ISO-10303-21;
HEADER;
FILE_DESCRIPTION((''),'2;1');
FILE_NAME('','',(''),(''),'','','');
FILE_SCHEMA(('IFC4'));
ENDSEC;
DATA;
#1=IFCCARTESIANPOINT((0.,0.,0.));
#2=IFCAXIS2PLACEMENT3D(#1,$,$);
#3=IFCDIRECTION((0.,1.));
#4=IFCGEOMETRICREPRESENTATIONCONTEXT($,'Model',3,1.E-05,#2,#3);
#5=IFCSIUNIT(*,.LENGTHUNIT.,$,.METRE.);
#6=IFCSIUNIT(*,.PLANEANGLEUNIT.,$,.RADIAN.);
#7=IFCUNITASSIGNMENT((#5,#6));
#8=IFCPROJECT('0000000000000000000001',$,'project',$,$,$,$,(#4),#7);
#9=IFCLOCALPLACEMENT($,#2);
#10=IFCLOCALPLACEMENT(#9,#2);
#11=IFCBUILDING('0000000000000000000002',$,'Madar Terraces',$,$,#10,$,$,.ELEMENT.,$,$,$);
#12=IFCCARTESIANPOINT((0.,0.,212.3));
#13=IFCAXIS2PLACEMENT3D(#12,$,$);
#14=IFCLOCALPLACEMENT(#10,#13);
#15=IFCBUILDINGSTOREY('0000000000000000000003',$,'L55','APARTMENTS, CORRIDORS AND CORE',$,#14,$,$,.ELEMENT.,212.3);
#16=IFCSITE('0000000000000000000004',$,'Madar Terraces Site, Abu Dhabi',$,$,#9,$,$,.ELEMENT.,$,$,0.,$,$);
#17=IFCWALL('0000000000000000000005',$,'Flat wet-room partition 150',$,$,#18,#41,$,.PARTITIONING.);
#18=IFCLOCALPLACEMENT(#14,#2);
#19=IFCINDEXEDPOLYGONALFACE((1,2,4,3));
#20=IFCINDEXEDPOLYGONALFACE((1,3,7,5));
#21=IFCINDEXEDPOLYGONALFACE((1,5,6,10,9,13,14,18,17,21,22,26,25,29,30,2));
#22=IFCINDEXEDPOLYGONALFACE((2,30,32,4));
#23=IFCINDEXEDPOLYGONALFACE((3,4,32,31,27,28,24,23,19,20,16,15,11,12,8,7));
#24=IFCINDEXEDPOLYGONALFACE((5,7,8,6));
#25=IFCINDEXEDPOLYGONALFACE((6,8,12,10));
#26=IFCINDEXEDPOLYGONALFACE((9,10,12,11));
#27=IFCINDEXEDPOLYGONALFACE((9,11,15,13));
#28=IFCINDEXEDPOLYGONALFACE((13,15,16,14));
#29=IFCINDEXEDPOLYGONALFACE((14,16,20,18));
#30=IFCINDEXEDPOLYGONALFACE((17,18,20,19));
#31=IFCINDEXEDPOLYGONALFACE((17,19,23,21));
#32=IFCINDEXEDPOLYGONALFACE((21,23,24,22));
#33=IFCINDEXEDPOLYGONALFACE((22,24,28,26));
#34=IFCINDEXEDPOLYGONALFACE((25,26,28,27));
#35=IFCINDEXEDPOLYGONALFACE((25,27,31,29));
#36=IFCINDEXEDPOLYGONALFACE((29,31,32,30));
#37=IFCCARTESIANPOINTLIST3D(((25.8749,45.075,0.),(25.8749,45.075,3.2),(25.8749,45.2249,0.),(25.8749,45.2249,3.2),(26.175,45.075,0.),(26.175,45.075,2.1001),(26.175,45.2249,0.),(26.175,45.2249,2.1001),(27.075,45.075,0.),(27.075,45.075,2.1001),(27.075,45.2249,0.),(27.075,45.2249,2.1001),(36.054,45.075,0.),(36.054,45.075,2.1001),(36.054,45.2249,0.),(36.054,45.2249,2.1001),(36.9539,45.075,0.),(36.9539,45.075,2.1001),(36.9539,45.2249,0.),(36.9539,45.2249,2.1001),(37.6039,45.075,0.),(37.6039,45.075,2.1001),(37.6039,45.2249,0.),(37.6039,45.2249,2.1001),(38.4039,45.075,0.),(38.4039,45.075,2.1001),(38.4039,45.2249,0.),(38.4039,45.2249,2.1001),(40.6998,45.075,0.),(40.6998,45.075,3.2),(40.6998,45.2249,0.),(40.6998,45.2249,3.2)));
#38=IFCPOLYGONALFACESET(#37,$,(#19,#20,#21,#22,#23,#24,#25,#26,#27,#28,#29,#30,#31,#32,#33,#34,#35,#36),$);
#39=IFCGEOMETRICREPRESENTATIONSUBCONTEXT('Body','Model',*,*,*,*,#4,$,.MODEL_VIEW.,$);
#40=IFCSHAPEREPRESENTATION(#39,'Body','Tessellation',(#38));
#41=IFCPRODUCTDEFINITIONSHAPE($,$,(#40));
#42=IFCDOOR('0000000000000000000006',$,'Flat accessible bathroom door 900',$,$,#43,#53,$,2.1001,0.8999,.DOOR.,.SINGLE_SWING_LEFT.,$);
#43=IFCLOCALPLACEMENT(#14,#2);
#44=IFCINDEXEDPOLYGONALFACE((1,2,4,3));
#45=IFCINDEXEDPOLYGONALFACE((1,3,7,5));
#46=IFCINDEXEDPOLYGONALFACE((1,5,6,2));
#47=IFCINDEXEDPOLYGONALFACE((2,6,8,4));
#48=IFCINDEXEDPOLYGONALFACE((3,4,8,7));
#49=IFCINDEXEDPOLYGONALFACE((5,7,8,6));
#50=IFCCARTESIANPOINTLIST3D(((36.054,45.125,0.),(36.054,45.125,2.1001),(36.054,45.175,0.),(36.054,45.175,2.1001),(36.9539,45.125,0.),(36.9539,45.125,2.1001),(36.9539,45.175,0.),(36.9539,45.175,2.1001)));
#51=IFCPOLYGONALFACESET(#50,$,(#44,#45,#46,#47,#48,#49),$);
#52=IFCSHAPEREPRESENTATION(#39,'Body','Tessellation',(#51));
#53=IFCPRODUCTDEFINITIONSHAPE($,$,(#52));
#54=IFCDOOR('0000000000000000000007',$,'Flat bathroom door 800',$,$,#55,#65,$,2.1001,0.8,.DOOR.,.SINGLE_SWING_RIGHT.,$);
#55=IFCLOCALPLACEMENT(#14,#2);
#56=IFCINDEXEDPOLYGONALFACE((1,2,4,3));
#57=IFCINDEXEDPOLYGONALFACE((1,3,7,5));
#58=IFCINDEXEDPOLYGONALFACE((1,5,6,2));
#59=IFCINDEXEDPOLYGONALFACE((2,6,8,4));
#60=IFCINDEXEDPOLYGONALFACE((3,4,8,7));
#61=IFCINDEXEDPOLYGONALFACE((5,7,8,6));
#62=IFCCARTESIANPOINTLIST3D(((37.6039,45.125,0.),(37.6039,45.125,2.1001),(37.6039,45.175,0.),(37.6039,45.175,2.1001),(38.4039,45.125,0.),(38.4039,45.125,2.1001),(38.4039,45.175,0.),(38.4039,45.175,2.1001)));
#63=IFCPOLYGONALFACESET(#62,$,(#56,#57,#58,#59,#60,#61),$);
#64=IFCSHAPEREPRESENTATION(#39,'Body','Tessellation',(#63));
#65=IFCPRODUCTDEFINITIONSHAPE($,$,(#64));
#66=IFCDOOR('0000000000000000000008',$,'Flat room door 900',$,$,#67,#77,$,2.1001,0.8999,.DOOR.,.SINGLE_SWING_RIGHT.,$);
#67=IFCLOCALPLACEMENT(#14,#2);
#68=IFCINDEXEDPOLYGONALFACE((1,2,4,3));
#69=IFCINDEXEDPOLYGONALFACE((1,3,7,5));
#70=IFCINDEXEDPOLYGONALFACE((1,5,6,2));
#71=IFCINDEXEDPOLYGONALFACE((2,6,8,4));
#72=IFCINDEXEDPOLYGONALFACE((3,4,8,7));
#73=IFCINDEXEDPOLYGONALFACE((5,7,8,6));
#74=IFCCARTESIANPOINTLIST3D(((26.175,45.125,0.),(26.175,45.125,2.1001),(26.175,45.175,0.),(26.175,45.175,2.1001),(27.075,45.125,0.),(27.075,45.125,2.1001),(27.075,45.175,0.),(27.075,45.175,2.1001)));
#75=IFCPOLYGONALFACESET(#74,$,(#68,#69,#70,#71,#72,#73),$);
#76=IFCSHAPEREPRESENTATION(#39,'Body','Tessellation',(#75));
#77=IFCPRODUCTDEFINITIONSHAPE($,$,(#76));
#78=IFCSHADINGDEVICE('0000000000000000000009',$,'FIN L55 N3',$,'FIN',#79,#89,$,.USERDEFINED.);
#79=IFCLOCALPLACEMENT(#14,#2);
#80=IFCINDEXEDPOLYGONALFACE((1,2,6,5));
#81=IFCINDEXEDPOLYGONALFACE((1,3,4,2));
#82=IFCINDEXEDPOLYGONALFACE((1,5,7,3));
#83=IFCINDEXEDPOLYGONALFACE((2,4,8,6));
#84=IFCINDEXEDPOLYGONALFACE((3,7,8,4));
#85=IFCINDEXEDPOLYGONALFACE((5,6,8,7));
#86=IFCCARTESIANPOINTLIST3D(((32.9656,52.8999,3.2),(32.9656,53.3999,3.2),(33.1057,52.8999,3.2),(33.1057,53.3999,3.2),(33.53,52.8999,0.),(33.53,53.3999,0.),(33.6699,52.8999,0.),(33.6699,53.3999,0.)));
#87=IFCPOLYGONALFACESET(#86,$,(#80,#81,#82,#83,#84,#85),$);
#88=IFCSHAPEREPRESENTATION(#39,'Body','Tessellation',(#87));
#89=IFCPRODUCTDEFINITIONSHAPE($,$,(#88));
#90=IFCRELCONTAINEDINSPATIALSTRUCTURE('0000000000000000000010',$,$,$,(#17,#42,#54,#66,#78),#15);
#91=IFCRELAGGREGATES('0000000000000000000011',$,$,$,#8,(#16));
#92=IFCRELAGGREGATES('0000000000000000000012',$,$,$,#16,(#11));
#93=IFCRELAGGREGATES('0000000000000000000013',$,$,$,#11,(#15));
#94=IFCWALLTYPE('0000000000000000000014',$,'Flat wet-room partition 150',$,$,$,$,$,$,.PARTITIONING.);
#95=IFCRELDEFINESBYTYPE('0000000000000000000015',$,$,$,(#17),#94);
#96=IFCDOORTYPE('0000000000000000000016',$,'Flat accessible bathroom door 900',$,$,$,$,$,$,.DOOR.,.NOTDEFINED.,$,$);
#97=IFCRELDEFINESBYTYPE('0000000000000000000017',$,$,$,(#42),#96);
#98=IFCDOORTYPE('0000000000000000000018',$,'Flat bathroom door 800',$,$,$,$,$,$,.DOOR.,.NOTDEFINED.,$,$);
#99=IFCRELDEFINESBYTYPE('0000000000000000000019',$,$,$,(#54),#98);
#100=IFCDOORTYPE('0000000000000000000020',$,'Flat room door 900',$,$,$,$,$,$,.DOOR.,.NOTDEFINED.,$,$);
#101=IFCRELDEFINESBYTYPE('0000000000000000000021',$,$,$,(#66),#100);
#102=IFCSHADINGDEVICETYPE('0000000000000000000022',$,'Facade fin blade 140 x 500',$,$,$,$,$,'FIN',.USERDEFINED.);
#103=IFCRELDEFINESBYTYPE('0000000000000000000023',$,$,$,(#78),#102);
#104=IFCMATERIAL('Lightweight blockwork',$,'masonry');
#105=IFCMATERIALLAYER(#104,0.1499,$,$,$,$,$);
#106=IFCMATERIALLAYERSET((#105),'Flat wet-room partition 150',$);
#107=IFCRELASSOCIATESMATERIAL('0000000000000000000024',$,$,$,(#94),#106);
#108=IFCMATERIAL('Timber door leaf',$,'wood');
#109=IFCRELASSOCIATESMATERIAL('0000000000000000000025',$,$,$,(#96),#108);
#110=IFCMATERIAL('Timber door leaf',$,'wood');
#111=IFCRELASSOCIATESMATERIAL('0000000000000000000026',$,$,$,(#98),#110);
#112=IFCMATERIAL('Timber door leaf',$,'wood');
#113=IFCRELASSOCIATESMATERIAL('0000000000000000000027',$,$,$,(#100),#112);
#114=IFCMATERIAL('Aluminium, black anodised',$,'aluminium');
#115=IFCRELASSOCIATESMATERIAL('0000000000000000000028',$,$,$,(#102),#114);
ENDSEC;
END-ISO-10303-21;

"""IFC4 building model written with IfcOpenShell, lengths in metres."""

from ifc_helpers import new_model, si_unit, direction, frame, frame_2d, origin, place, context, subcontext, project, spatial, polyline, rectangle, outline, extrude, material, layer, layer_set, type_object, element, fill, save


model = new_model("IFC4")

# Units and contexts
model_context = context("Model", 3, precision=1e-05, world=origin(), true_north=direction((0.0, 1.0)))
body_context = subcontext(model_context, "Body", "Model", "MODEL_VIEW")
ifc_project = project(units=[si_unit("LENGTHUNIT", "METRE"), si_unit("PLANEANGLEUNIT", "RADIAN")], contexts=[model_context])

# Site, building, storey
site_placement = place(None, origin())
site = spatial("IfcSite", under=ifc_project, at=site_placement, Name="Madar Terraces Site, Abu Dhabi", CompositionType="ELEMENT", RefElevation=0.0)
building_placement = place(site_placement, origin())
building = spatial("IfcBuilding", under=site, at=building_placement, Name="Madar Terraces", CompositionType="ELEMENT")
storey_placement = place(building_placement, frame((0.0, 0.0, 212.3)))
storey = spatial("IfcBuildingStorey", under=building, at=storey_placement, Name="L55", Description="APARTMENTS, CORRIDORS AND CORE", CompositionType="ELEMENT", Elevation=212.3)

# Shared definitions
ifc_material_1 = material(Name="Lightweight blockwork", Category="masonry")
ifc_layer_1 = layer(ifc_material_1, 0.1499)
ifc_layer_set_1 = layer_set([ifc_layer_1], Name="Flat wet-room partition 150")
wall_type_1 = type_object("IfcWallType", Name="Flat wet-room partition 150", PredefinedType="PARTITIONING", material=ifc_layer_set_1)

# Wall, openings, doors
wall_1_placement = place(storey_placement, frame((40.7, 45.1499, 0.0), z_axis=(0.0, 0.0, 1.0), x_axis=(-1.0, 0.0, 0.0)))
wall_1 = element("IfcWall", 1, at=wall_1_placement, inside=storey, type_object=wall_type_1, Name="Flat wet-room partition 150", PredefinedType="PARTITIONING", context=body_context, shape_type="SweptSolid", body=[
    extrude(rectangle(XDim=14.825, YDim=0.1499, at=frame_2d((7.4126, 0.0))), origin(), (0.0, 0.0, 1.0), 3.2),
])
opening_1_placement = place(wall_1_placement, frame((13.625, 0.0, 0.0)))
opening_1 = element("IfcOpeningElement", 2, at=opening_1_placement, cuts=wall_1, PredefinedType="OPENING", context=body_context, shape_type="SweptSolid", body=[
    extrude(rectangle(XDim=0.8999, YDim=2.1001, at=frame_2d((0.45, 1.05))), frame((0.0, 0.085, 0.0), z_axis=(0.0, -1.0, 0.0), x_axis=(1.0, 0.0, 0.0)), (0.0, 0.0, 1.0), 0.1699),
])
opening_2_placement = place(wall_1_placement, frame((3.7461, 0.0, 0.0)))
opening_2 = element("IfcOpeningElement", 3, at=opening_2_placement, cuts=wall_1, PredefinedType="OPENING", context=body_context, shape_type="SweptSolid", body=[
    extrude(rectangle(XDim=0.8999, YDim=2.1001, at=frame_2d((0.45, 1.05))), frame((0.0, 0.085, 0.0), z_axis=(0.0, -1.0, 0.0), x_axis=(1.0, 0.0, 0.0)), (0.0, 0.0, 1.0), 0.1699),
])
opening_3_placement = place(wall_1_placement, frame((2.2961, 0.0, 0.0)))
opening_3 = element("IfcOpeningElement", 4, at=opening_3_placement, cuts=wall_1, PredefinedType="OPENING", context=body_context, shape_type="SweptSolid", body=[
    extrude(rectangle(XDim=0.8, YDim=2.1001, at=frame_2d((0.3999, 1.05))), frame((0.0, 0.085, 0.0), z_axis=(0.0, -1.0, 0.0), x_axis=(1.0, 0.0, 0.0)), (0.0, 0.0, 1.0), 0.1699),
])
ifc_material_2 = material(Name="Timber door leaf", Category="wood")
door_type_1 = type_object("IfcDoorType", Name="Flat accessible bathroom door 900", OperationType="NOTDEFINED", PredefinedType="DOOR", material=ifc_material_2)
door_1_placement = place(opening_2_placement, origin())
door_1 = element("IfcDoor", 5, at=door_1_placement, inside=storey, type_object=door_type_1, Name="Flat accessible bathroom door 900", OperationType="SINGLE_SWING_LEFT", OverallHeight=2.1001, OverallWidth=0.8999, PredefinedType="DOOR", context=body_context, shape_type="SweptSolid", body=[
    extrude(rectangle(XDim=0.8999, YDim=2.1001, at=frame_2d((0.45, 1.05))), frame((0.0, 0.0249, 0.0), z_axis=(0.0, -1.0, 0.0), x_axis=(1.0, 0.0, 0.0)), (0.0, 0.0, 1.0), 0.05),
])
fill(opening_2, door_1)
ifc_material_3 = material(Name="Timber door leaf", Category="wood")
door_type_2 = type_object("IfcDoorType", Name="Flat bathroom door 800", OperationType="NOTDEFINED", PredefinedType="DOOR", material=ifc_material_3)
door_2_placement = place(opening_3_placement, origin())
door_2 = element("IfcDoor", 6, at=door_2_placement, inside=storey, type_object=door_type_2, Name="Flat bathroom door 800", OperationType="SINGLE_SWING_RIGHT", OverallHeight=2.1001, OverallWidth=0.8, PredefinedType="DOOR", context=body_context, shape_type="SweptSolid", body=[
    extrude(rectangle(XDim=0.8, YDim=2.1001, at=frame_2d((0.3999, 1.05))), frame((0.0, 0.0249, 0.0), z_axis=(0.0, -1.0, 0.0), x_axis=(1.0, 0.0, 0.0)), (0.0, 0.0, 1.0), 0.05),
])
fill(opening_3, door_2)
ifc_material_4 = material(Name="Timber door leaf", Category="wood")
door_type_3 = type_object("IfcDoorType", Name="Flat room door 900", OperationType="NOTDEFINED", PredefinedType="DOOR", material=ifc_material_4)
door_3_placement = place(opening_1_placement, origin())
door_3 = element("IfcDoor", 7, at=door_3_placement, inside=storey, type_object=door_type_3, Name="Flat room door 900", OperationType="SINGLE_SWING_RIGHT", OverallHeight=2.1001, OverallWidth=0.8999, PredefinedType="DOOR", context=body_context, shape_type="SweptSolid", body=[
    extrude(rectangle(XDim=0.8999, YDim=2.1001, at=frame_2d((0.45, 1.05))), frame((0.0, 0.0249, 0.0), z_axis=(0.0, -1.0, 0.0), x_axis=(1.0, 0.0, 0.0)), (0.0, 0.0, 1.0), 0.05),
])
fill(opening_1, door_3)

# Shading device
ifc_material_5 = material(Name="Aluminium, black anodised", Category="aluminium")
shading_device_type = type_object("IfcShadingDeviceType", Name="Facade fin blade 140 x 500", ElementType="FIN", PredefinedType="USERDEFINED", material=ifc_material_5)
shading_device_placement = place(storey_placement, frame((33.6699, 53.1499, 0.0), z_axis=(0.0, 0.0, 1.0), x_axis=(-1.0, 0.0, 0.0)))
element("IfcShadingDevice", 8, at=shading_device_placement, inside=storey, type_object=shading_device_type, Name="FIN L55 N3", ObjectType="FIN", PredefinedType="USERDEFINED", context=body_context, shape_type="SweptSolid", body=[
    extrude(outline(polyline([(0.0, 0.0), (0.1399, 0.0), (0.7043, 3.2), (0.5642, 3.2), (0.0, 0.0)])), frame((0.0, 0.25, 0.0), z_axis=(0.0, -1.0, 0.0), x_axis=(1.0, 0.0, 0.0)), (0.0, 0.0, 1.0), 0.5),
])

save(model, "model.ifc")
